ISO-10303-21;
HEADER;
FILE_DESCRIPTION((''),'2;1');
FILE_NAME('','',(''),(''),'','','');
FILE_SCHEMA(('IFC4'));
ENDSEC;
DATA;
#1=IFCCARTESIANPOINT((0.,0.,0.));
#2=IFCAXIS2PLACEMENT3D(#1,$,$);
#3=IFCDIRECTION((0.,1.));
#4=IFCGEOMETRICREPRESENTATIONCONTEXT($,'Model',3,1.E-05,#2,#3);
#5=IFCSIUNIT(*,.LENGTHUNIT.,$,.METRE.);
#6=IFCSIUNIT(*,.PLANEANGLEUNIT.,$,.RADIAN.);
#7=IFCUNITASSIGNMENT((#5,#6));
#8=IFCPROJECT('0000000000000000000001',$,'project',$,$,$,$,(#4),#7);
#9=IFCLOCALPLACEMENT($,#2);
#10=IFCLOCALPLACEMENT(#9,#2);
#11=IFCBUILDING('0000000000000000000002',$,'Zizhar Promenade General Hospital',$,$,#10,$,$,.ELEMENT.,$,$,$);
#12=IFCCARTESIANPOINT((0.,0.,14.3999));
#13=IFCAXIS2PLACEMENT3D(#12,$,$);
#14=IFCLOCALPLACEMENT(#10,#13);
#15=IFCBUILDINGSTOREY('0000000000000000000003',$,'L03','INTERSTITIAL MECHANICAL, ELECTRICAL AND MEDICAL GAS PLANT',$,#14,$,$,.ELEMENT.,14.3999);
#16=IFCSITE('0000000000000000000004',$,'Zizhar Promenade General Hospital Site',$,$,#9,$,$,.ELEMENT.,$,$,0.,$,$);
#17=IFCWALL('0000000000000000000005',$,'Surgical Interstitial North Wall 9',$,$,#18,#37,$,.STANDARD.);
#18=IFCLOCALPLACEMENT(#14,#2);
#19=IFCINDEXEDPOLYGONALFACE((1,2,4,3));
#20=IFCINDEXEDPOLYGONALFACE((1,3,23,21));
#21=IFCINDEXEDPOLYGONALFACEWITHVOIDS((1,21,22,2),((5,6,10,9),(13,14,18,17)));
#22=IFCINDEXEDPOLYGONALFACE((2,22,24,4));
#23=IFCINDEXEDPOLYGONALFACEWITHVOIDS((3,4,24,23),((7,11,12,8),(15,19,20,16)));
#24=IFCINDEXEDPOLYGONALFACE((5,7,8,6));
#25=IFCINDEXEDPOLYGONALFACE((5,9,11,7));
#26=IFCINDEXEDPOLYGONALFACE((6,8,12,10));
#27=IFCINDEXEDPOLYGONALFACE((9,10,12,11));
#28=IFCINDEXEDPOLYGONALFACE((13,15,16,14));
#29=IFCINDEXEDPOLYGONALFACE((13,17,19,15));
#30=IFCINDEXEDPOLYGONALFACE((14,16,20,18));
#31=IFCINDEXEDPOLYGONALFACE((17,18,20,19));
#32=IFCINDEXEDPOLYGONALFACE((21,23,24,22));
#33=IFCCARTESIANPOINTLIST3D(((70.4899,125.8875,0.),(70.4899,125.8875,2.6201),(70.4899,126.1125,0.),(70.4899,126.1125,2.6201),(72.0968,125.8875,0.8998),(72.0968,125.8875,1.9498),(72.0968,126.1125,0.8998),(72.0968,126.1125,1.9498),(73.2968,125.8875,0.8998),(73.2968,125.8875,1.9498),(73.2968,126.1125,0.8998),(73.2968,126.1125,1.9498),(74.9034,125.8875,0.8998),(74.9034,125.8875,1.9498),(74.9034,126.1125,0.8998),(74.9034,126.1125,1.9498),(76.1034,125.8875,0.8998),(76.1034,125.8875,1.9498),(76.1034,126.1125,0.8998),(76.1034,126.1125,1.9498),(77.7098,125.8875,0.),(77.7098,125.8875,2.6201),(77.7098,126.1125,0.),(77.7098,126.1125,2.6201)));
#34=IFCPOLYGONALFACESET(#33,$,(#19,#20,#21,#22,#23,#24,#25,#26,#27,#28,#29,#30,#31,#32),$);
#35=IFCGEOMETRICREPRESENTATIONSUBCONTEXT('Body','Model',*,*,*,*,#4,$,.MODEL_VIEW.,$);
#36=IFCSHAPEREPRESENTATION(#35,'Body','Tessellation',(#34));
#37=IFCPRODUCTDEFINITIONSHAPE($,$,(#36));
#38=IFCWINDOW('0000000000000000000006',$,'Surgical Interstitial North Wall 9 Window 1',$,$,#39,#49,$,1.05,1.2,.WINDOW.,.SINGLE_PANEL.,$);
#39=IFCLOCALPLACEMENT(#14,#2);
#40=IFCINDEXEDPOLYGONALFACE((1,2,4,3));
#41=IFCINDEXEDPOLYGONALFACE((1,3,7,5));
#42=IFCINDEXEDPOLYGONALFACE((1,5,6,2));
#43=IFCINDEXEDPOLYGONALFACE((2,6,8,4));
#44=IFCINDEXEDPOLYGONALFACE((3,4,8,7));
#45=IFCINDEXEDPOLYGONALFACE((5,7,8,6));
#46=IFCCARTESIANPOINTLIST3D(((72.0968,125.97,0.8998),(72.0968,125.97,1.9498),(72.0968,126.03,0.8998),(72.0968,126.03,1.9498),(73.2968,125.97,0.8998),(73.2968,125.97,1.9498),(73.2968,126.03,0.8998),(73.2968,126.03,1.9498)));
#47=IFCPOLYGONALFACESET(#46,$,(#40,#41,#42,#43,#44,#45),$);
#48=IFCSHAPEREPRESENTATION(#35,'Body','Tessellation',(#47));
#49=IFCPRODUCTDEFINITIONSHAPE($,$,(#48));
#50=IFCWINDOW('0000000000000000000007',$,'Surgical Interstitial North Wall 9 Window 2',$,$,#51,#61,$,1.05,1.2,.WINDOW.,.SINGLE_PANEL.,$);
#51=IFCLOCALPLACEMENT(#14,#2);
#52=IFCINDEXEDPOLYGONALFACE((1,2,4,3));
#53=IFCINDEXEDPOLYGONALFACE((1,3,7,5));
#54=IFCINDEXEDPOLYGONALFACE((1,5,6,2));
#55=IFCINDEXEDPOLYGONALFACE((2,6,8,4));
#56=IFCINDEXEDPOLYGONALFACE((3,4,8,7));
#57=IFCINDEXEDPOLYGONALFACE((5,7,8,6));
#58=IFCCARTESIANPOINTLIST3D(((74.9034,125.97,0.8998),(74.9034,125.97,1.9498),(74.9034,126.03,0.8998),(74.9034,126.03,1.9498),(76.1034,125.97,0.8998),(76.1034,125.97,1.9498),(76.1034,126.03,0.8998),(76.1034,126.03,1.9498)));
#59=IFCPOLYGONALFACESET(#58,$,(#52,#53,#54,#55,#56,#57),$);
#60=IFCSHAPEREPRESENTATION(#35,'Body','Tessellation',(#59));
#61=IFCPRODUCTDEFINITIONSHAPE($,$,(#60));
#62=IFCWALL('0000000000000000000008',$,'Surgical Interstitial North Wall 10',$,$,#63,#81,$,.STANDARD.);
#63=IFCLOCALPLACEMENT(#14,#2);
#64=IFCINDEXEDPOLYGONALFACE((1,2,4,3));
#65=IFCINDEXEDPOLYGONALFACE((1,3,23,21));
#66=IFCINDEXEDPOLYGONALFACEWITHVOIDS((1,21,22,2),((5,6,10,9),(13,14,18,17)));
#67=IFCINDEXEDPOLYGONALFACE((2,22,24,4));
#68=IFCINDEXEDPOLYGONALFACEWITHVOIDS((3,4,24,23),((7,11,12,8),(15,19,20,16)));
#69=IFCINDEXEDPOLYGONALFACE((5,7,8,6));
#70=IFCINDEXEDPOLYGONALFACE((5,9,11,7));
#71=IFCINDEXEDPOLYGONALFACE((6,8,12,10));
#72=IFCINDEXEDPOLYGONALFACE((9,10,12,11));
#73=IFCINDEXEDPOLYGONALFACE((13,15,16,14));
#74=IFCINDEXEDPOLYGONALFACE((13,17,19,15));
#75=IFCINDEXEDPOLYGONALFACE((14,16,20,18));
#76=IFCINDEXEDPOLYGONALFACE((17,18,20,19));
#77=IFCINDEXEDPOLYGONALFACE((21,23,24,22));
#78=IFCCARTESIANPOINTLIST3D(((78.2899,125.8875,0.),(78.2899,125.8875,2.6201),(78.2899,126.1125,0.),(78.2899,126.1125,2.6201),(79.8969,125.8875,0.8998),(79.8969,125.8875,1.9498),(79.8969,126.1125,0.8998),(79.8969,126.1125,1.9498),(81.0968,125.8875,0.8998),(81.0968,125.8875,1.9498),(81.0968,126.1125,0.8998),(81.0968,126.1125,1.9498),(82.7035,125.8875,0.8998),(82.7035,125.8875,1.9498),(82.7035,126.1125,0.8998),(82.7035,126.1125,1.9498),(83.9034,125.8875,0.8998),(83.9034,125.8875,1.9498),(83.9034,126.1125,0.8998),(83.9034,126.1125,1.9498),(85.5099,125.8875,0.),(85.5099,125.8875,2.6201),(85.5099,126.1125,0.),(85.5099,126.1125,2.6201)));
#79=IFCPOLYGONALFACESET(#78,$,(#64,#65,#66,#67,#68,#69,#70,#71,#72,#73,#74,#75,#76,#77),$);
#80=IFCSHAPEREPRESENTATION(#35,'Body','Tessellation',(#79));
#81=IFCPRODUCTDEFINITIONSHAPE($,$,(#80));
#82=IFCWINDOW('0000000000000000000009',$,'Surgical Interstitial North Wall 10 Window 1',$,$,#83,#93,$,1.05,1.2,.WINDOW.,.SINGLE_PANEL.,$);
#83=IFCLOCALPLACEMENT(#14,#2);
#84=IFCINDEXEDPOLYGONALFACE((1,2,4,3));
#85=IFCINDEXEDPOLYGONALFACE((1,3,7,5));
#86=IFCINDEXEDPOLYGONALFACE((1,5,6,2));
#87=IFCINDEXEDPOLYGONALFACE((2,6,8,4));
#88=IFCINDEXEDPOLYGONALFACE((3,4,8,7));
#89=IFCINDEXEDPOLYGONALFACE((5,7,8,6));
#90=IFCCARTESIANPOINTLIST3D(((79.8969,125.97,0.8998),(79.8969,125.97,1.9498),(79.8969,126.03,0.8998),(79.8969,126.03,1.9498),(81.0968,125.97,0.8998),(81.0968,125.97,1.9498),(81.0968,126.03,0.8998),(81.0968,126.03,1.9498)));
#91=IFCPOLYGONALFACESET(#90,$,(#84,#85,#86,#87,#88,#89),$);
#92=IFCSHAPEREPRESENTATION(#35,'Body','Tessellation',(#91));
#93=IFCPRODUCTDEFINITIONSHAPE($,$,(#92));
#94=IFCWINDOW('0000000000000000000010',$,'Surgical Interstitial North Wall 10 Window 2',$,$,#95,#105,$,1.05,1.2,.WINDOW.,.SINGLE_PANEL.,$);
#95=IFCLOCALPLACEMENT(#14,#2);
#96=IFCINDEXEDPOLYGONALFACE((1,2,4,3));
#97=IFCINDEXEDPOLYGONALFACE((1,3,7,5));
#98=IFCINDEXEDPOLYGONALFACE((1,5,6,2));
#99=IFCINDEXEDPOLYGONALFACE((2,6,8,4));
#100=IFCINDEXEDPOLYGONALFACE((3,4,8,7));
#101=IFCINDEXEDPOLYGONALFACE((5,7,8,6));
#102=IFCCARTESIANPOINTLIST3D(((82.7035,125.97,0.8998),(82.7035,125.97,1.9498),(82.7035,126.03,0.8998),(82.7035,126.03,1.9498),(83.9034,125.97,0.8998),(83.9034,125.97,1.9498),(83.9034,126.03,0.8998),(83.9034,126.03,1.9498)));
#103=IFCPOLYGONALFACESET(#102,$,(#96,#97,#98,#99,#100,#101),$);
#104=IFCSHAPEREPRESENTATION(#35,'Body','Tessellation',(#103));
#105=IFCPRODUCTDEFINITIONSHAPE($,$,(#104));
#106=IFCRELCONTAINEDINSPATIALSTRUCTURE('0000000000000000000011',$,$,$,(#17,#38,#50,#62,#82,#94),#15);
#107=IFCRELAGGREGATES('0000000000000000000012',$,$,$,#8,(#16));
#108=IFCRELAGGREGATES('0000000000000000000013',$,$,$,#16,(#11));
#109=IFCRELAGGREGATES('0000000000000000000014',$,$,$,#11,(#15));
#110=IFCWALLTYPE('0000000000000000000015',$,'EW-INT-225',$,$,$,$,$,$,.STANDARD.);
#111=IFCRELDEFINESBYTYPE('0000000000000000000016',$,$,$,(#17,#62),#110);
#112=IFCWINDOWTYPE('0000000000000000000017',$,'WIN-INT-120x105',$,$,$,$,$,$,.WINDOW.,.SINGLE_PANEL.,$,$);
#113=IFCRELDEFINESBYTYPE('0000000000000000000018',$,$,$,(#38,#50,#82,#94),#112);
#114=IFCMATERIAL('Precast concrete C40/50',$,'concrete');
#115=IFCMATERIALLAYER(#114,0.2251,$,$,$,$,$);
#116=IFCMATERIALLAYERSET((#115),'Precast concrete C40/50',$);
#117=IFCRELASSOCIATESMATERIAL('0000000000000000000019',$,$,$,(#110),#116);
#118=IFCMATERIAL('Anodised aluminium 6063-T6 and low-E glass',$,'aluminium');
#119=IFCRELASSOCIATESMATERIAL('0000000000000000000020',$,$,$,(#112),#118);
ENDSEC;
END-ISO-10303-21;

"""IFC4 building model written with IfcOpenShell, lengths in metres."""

from ifc_helpers import new_model, si_unit, direction, frame, frame_2d, origin, place, context, subcontext, project, spatial, rectangle, extrude, material, layer, layer_set, type_object, element, fill, save


model = new_model("IFC4")

# Units and contexts
model_context = context("Model", 3, precision=1e-05, world=origin(), true_north=direction((0.0, 1.0)))
body_context = subcontext(model_context, "Body", "Model", "MODEL_VIEW")
ifc_project = project(units=[si_unit("LENGTHUNIT", "METRE"), si_unit("PLANEANGLEUNIT", "RADIAN")], contexts=[model_context])

# Site, building, storey
site_placement = place(None, origin())
site = spatial("IfcSite", under=ifc_project, at=site_placement, Name="Zizhar Promenade General Hospital Site", CompositionType="ELEMENT", RefElevation=0.0)
building_placement = place(site_placement, origin())
building = spatial("IfcBuilding", under=site, at=building_placement, Name="Zizhar Promenade General Hospital", CompositionType="ELEMENT")
storey_placement = place(building_placement, frame((0.0, 0.0, 14.3999)))
storey = spatial("IfcBuildingStorey", under=building, at=storey_placement, Name="L03", Description="INTERSTITIAL MECHANICAL, ELECTRICAL AND MEDICAL GAS PLANT", CompositionType="ELEMENT", Elevation=14.3999)

# Walls, openings, windows
ifc_material_1 = material(Name="Precast concrete C40/50", Category="concrete")
ifc_layer = layer(ifc_material_1, 0.2251)
ifc_layer_set = layer_set([ifc_layer], Name="Precast concrete C40/50")
wall_type = type_object("IfcWallType", Name="EW-INT-225", PredefinedType="STANDARD", material=ifc_layer_set)
wall_1_placement = place(storey_placement, frame((70.49, 126.0, 0.0), z_axis=(0.0, 0.0, 1.0), x_axis=(1.0, 0.0, 0.0)))
wall_1 = element("IfcWall", 1, at=wall_1_placement, inside=storey, type_object=wall_type, Name="Surgical Interstitial North Wall 9", PredefinedType="STANDARD", context=body_context, shape_type="SweptSolid", body=[
    extrude(rectangle(XDim=7.22, YDim=0.2251, at=frame_2d((3.6099, 0.0))), origin(), (0.0, 0.0, 1.0), 2.6201),
])
opening_1_placement = place(wall_1_placement, frame((1.6067, 0.0, 0.8999)))
opening_1 = element("IfcOpeningElement", 2, at=opening_1_placement, cuts=wall_1, PredefinedType="OPENING", context=body_context, shape_type="SweptSolid", body=[
    extrude(rectangle(XDim=1.2, YDim=1.05, at=frame_2d((0.6001, 0.5249))), frame((0.0, 0.1226, 0.0), z_axis=(0.0, -1.0, 0.0), x_axis=(1.0, 0.0, 0.0)), (0.0, 0.0, 1.0), 0.2451),
])
opening_2_placement = place(wall_1_placement, frame((4.4133, 0.0, 0.8999)))
opening_2 = element("IfcOpeningElement", 3, at=opening_2_placement, cuts=wall_1, PredefinedType="OPENING", context=body_context, shape_type="SweptSolid", body=[
    extrude(rectangle(XDim=1.2, YDim=1.05, at=frame_2d((0.6001, 0.5249))), frame((0.0, 0.1226, 0.0), z_axis=(0.0, -1.0, 0.0), x_axis=(1.0, 0.0, 0.0)), (0.0, 0.0, 1.0), 0.2451),
])
ifc_material_2 = material(Name="Anodised aluminium 6063-T6 and low-E glass", Category="aluminium")
window_type = type_object("IfcWindowType", Name="WIN-INT-120x105", PartitioningType="SINGLE_PANEL", PredefinedType="WINDOW", material=ifc_material_2)
window_1_placement = place(opening_1_placement, origin())
window_1 = element("IfcWindow", 4, at=window_1_placement, inside=storey, type_object=window_type, Name="Surgical Interstitial North Wall 9 Window 1", OverallHeight=1.05, OverallWidth=1.2, PartitioningType="SINGLE_PANEL", PredefinedType="WINDOW", context=body_context, shape_type="SweptSolid", body=[
    extrude(rectangle(XDim=1.2, YDim=1.05, at=frame_2d((0.6001, 0.5249))), frame((0.0, 0.03, 0.0), z_axis=(0.0, -1.0, 0.0), x_axis=(1.0, 0.0, 0.0)), (0.0, 0.0, 1.0), 0.0601),
])
fill(opening_1, window_1)
window_2_placement = place(opening_2_placement, origin())
window_2 = element("IfcWindow", 5, at=window_2_placement, inside=storey, type_object=window_type, Name="Surgical Interstitial North Wall 9 Window 2", OverallHeight=1.05, OverallWidth=1.2, PartitioningType="SINGLE_PANEL", PredefinedType="WINDOW", context=body_context, shape_type="SweptSolid", body=[
    extrude(rectangle(XDim=1.2, YDim=1.05, at=frame_2d((0.6001, 0.5249))), frame((0.0, 0.03, 0.0), z_axis=(0.0, -1.0, 0.0), x_axis=(1.0, 0.0, 0.0)), (0.0, 0.0, 1.0), 0.0601),
])
fill(opening_2, window_2)
wall_2_placement = place(storey_placement, frame((78.29, 126.0, 0.0), z_axis=(0.0, 0.0, 1.0), x_axis=(1.0, 0.0, 0.0)))
wall_2 = element("IfcWall", 6, at=wall_2_placement, inside=storey, type_object=wall_type, Name="Surgical Interstitial North Wall 10", PredefinedType="STANDARD", context=body_context, shape_type="SweptSolid", body=[
    extrude(rectangle(XDim=7.22, YDim=0.2251, at=frame_2d((3.6099, 0.0))), origin(), (0.0, 0.0, 1.0), 2.6201),
])
opening_3_placement = place(wall_2_placement, frame((1.6067, 0.0, 0.8999)))
opening_3 = element("IfcOpeningElement", 7, at=opening_3_placement, cuts=wall_2, PredefinedType="OPENING", context=body_context, shape_type="SweptSolid", body=[
    extrude(rectangle(XDim=1.2, YDim=1.05, at=frame_2d((0.6001, 0.5249))), frame((0.0, 0.1226, 0.0), z_axis=(0.0, -1.0, 0.0), x_axis=(1.0, 0.0, 0.0)), (0.0, 0.0, 1.0), 0.2451),
])
opening_4_placement = place(wall_2_placement, frame((4.4133, 0.0, 0.8999)))
opening_4 = element("IfcOpeningElement", 8, at=opening_4_placement, cuts=wall_2, PredefinedType="OPENING", context=body_context, shape_type="SweptSolid", body=[
    extrude(rectangle(XDim=1.2, YDim=1.05, at=frame_2d((0.6001, 0.5249))), frame((0.0, 0.1226, 0.0), z_axis=(0.0, -1.0, 0.0), x_axis=(1.0, 0.0, 0.0)), (0.0, 0.0, 1.0), 0.2451),
])
window_3_placement = place(opening_3_placement, origin())
window_3 = element("IfcWindow", 9, at=window_3_placement, inside=storey, type_object=window_type, Name="Surgical Interstitial North Wall 10 Window 1", OverallHeight=1.05, OverallWidth=1.2, PartitioningType="SINGLE_PANEL", PredefinedType="WINDOW", context=body_context, shape_type="SweptSolid", body=[
    extrude(rectangle(XDim=1.2, YDim=1.05, at=frame_2d((0.6001, 0.5249))), frame((0.0, 0.03, 0.0), z_axis=(0.0, -1.0, 0.0), x_axis=(1.0, 0.0, 0.0)), (0.0, 0.0, 1.0), 0.0601),
])
fill(opening_3, window_3)
window_4_placement = place(opening_4_placement, origin())
window_4 = element("IfcWindow", 10, at=window_4_placement, inside=storey, type_object=window_type, Name="Surgical Interstitial North Wall 10 Window 2", OverallHeight=1.05, OverallWidth=1.2, PartitioningType="SINGLE_PANEL", PredefinedType="WINDOW", context=body_context, shape_type="SweptSolid", body=[
    extrude(rectangle(XDim=1.2, YDim=1.05, at=frame_2d((0.6001, 0.5249))), frame((0.0, 0.03, 0.0), z_axis=(0.0, -1.0, 0.0), x_axis=(1.0, 0.0, 0.0)), (0.0, 0.0, 1.0), 0.0601),
])
fill(opening_4, window_4)

save(model, "model.ifc")
